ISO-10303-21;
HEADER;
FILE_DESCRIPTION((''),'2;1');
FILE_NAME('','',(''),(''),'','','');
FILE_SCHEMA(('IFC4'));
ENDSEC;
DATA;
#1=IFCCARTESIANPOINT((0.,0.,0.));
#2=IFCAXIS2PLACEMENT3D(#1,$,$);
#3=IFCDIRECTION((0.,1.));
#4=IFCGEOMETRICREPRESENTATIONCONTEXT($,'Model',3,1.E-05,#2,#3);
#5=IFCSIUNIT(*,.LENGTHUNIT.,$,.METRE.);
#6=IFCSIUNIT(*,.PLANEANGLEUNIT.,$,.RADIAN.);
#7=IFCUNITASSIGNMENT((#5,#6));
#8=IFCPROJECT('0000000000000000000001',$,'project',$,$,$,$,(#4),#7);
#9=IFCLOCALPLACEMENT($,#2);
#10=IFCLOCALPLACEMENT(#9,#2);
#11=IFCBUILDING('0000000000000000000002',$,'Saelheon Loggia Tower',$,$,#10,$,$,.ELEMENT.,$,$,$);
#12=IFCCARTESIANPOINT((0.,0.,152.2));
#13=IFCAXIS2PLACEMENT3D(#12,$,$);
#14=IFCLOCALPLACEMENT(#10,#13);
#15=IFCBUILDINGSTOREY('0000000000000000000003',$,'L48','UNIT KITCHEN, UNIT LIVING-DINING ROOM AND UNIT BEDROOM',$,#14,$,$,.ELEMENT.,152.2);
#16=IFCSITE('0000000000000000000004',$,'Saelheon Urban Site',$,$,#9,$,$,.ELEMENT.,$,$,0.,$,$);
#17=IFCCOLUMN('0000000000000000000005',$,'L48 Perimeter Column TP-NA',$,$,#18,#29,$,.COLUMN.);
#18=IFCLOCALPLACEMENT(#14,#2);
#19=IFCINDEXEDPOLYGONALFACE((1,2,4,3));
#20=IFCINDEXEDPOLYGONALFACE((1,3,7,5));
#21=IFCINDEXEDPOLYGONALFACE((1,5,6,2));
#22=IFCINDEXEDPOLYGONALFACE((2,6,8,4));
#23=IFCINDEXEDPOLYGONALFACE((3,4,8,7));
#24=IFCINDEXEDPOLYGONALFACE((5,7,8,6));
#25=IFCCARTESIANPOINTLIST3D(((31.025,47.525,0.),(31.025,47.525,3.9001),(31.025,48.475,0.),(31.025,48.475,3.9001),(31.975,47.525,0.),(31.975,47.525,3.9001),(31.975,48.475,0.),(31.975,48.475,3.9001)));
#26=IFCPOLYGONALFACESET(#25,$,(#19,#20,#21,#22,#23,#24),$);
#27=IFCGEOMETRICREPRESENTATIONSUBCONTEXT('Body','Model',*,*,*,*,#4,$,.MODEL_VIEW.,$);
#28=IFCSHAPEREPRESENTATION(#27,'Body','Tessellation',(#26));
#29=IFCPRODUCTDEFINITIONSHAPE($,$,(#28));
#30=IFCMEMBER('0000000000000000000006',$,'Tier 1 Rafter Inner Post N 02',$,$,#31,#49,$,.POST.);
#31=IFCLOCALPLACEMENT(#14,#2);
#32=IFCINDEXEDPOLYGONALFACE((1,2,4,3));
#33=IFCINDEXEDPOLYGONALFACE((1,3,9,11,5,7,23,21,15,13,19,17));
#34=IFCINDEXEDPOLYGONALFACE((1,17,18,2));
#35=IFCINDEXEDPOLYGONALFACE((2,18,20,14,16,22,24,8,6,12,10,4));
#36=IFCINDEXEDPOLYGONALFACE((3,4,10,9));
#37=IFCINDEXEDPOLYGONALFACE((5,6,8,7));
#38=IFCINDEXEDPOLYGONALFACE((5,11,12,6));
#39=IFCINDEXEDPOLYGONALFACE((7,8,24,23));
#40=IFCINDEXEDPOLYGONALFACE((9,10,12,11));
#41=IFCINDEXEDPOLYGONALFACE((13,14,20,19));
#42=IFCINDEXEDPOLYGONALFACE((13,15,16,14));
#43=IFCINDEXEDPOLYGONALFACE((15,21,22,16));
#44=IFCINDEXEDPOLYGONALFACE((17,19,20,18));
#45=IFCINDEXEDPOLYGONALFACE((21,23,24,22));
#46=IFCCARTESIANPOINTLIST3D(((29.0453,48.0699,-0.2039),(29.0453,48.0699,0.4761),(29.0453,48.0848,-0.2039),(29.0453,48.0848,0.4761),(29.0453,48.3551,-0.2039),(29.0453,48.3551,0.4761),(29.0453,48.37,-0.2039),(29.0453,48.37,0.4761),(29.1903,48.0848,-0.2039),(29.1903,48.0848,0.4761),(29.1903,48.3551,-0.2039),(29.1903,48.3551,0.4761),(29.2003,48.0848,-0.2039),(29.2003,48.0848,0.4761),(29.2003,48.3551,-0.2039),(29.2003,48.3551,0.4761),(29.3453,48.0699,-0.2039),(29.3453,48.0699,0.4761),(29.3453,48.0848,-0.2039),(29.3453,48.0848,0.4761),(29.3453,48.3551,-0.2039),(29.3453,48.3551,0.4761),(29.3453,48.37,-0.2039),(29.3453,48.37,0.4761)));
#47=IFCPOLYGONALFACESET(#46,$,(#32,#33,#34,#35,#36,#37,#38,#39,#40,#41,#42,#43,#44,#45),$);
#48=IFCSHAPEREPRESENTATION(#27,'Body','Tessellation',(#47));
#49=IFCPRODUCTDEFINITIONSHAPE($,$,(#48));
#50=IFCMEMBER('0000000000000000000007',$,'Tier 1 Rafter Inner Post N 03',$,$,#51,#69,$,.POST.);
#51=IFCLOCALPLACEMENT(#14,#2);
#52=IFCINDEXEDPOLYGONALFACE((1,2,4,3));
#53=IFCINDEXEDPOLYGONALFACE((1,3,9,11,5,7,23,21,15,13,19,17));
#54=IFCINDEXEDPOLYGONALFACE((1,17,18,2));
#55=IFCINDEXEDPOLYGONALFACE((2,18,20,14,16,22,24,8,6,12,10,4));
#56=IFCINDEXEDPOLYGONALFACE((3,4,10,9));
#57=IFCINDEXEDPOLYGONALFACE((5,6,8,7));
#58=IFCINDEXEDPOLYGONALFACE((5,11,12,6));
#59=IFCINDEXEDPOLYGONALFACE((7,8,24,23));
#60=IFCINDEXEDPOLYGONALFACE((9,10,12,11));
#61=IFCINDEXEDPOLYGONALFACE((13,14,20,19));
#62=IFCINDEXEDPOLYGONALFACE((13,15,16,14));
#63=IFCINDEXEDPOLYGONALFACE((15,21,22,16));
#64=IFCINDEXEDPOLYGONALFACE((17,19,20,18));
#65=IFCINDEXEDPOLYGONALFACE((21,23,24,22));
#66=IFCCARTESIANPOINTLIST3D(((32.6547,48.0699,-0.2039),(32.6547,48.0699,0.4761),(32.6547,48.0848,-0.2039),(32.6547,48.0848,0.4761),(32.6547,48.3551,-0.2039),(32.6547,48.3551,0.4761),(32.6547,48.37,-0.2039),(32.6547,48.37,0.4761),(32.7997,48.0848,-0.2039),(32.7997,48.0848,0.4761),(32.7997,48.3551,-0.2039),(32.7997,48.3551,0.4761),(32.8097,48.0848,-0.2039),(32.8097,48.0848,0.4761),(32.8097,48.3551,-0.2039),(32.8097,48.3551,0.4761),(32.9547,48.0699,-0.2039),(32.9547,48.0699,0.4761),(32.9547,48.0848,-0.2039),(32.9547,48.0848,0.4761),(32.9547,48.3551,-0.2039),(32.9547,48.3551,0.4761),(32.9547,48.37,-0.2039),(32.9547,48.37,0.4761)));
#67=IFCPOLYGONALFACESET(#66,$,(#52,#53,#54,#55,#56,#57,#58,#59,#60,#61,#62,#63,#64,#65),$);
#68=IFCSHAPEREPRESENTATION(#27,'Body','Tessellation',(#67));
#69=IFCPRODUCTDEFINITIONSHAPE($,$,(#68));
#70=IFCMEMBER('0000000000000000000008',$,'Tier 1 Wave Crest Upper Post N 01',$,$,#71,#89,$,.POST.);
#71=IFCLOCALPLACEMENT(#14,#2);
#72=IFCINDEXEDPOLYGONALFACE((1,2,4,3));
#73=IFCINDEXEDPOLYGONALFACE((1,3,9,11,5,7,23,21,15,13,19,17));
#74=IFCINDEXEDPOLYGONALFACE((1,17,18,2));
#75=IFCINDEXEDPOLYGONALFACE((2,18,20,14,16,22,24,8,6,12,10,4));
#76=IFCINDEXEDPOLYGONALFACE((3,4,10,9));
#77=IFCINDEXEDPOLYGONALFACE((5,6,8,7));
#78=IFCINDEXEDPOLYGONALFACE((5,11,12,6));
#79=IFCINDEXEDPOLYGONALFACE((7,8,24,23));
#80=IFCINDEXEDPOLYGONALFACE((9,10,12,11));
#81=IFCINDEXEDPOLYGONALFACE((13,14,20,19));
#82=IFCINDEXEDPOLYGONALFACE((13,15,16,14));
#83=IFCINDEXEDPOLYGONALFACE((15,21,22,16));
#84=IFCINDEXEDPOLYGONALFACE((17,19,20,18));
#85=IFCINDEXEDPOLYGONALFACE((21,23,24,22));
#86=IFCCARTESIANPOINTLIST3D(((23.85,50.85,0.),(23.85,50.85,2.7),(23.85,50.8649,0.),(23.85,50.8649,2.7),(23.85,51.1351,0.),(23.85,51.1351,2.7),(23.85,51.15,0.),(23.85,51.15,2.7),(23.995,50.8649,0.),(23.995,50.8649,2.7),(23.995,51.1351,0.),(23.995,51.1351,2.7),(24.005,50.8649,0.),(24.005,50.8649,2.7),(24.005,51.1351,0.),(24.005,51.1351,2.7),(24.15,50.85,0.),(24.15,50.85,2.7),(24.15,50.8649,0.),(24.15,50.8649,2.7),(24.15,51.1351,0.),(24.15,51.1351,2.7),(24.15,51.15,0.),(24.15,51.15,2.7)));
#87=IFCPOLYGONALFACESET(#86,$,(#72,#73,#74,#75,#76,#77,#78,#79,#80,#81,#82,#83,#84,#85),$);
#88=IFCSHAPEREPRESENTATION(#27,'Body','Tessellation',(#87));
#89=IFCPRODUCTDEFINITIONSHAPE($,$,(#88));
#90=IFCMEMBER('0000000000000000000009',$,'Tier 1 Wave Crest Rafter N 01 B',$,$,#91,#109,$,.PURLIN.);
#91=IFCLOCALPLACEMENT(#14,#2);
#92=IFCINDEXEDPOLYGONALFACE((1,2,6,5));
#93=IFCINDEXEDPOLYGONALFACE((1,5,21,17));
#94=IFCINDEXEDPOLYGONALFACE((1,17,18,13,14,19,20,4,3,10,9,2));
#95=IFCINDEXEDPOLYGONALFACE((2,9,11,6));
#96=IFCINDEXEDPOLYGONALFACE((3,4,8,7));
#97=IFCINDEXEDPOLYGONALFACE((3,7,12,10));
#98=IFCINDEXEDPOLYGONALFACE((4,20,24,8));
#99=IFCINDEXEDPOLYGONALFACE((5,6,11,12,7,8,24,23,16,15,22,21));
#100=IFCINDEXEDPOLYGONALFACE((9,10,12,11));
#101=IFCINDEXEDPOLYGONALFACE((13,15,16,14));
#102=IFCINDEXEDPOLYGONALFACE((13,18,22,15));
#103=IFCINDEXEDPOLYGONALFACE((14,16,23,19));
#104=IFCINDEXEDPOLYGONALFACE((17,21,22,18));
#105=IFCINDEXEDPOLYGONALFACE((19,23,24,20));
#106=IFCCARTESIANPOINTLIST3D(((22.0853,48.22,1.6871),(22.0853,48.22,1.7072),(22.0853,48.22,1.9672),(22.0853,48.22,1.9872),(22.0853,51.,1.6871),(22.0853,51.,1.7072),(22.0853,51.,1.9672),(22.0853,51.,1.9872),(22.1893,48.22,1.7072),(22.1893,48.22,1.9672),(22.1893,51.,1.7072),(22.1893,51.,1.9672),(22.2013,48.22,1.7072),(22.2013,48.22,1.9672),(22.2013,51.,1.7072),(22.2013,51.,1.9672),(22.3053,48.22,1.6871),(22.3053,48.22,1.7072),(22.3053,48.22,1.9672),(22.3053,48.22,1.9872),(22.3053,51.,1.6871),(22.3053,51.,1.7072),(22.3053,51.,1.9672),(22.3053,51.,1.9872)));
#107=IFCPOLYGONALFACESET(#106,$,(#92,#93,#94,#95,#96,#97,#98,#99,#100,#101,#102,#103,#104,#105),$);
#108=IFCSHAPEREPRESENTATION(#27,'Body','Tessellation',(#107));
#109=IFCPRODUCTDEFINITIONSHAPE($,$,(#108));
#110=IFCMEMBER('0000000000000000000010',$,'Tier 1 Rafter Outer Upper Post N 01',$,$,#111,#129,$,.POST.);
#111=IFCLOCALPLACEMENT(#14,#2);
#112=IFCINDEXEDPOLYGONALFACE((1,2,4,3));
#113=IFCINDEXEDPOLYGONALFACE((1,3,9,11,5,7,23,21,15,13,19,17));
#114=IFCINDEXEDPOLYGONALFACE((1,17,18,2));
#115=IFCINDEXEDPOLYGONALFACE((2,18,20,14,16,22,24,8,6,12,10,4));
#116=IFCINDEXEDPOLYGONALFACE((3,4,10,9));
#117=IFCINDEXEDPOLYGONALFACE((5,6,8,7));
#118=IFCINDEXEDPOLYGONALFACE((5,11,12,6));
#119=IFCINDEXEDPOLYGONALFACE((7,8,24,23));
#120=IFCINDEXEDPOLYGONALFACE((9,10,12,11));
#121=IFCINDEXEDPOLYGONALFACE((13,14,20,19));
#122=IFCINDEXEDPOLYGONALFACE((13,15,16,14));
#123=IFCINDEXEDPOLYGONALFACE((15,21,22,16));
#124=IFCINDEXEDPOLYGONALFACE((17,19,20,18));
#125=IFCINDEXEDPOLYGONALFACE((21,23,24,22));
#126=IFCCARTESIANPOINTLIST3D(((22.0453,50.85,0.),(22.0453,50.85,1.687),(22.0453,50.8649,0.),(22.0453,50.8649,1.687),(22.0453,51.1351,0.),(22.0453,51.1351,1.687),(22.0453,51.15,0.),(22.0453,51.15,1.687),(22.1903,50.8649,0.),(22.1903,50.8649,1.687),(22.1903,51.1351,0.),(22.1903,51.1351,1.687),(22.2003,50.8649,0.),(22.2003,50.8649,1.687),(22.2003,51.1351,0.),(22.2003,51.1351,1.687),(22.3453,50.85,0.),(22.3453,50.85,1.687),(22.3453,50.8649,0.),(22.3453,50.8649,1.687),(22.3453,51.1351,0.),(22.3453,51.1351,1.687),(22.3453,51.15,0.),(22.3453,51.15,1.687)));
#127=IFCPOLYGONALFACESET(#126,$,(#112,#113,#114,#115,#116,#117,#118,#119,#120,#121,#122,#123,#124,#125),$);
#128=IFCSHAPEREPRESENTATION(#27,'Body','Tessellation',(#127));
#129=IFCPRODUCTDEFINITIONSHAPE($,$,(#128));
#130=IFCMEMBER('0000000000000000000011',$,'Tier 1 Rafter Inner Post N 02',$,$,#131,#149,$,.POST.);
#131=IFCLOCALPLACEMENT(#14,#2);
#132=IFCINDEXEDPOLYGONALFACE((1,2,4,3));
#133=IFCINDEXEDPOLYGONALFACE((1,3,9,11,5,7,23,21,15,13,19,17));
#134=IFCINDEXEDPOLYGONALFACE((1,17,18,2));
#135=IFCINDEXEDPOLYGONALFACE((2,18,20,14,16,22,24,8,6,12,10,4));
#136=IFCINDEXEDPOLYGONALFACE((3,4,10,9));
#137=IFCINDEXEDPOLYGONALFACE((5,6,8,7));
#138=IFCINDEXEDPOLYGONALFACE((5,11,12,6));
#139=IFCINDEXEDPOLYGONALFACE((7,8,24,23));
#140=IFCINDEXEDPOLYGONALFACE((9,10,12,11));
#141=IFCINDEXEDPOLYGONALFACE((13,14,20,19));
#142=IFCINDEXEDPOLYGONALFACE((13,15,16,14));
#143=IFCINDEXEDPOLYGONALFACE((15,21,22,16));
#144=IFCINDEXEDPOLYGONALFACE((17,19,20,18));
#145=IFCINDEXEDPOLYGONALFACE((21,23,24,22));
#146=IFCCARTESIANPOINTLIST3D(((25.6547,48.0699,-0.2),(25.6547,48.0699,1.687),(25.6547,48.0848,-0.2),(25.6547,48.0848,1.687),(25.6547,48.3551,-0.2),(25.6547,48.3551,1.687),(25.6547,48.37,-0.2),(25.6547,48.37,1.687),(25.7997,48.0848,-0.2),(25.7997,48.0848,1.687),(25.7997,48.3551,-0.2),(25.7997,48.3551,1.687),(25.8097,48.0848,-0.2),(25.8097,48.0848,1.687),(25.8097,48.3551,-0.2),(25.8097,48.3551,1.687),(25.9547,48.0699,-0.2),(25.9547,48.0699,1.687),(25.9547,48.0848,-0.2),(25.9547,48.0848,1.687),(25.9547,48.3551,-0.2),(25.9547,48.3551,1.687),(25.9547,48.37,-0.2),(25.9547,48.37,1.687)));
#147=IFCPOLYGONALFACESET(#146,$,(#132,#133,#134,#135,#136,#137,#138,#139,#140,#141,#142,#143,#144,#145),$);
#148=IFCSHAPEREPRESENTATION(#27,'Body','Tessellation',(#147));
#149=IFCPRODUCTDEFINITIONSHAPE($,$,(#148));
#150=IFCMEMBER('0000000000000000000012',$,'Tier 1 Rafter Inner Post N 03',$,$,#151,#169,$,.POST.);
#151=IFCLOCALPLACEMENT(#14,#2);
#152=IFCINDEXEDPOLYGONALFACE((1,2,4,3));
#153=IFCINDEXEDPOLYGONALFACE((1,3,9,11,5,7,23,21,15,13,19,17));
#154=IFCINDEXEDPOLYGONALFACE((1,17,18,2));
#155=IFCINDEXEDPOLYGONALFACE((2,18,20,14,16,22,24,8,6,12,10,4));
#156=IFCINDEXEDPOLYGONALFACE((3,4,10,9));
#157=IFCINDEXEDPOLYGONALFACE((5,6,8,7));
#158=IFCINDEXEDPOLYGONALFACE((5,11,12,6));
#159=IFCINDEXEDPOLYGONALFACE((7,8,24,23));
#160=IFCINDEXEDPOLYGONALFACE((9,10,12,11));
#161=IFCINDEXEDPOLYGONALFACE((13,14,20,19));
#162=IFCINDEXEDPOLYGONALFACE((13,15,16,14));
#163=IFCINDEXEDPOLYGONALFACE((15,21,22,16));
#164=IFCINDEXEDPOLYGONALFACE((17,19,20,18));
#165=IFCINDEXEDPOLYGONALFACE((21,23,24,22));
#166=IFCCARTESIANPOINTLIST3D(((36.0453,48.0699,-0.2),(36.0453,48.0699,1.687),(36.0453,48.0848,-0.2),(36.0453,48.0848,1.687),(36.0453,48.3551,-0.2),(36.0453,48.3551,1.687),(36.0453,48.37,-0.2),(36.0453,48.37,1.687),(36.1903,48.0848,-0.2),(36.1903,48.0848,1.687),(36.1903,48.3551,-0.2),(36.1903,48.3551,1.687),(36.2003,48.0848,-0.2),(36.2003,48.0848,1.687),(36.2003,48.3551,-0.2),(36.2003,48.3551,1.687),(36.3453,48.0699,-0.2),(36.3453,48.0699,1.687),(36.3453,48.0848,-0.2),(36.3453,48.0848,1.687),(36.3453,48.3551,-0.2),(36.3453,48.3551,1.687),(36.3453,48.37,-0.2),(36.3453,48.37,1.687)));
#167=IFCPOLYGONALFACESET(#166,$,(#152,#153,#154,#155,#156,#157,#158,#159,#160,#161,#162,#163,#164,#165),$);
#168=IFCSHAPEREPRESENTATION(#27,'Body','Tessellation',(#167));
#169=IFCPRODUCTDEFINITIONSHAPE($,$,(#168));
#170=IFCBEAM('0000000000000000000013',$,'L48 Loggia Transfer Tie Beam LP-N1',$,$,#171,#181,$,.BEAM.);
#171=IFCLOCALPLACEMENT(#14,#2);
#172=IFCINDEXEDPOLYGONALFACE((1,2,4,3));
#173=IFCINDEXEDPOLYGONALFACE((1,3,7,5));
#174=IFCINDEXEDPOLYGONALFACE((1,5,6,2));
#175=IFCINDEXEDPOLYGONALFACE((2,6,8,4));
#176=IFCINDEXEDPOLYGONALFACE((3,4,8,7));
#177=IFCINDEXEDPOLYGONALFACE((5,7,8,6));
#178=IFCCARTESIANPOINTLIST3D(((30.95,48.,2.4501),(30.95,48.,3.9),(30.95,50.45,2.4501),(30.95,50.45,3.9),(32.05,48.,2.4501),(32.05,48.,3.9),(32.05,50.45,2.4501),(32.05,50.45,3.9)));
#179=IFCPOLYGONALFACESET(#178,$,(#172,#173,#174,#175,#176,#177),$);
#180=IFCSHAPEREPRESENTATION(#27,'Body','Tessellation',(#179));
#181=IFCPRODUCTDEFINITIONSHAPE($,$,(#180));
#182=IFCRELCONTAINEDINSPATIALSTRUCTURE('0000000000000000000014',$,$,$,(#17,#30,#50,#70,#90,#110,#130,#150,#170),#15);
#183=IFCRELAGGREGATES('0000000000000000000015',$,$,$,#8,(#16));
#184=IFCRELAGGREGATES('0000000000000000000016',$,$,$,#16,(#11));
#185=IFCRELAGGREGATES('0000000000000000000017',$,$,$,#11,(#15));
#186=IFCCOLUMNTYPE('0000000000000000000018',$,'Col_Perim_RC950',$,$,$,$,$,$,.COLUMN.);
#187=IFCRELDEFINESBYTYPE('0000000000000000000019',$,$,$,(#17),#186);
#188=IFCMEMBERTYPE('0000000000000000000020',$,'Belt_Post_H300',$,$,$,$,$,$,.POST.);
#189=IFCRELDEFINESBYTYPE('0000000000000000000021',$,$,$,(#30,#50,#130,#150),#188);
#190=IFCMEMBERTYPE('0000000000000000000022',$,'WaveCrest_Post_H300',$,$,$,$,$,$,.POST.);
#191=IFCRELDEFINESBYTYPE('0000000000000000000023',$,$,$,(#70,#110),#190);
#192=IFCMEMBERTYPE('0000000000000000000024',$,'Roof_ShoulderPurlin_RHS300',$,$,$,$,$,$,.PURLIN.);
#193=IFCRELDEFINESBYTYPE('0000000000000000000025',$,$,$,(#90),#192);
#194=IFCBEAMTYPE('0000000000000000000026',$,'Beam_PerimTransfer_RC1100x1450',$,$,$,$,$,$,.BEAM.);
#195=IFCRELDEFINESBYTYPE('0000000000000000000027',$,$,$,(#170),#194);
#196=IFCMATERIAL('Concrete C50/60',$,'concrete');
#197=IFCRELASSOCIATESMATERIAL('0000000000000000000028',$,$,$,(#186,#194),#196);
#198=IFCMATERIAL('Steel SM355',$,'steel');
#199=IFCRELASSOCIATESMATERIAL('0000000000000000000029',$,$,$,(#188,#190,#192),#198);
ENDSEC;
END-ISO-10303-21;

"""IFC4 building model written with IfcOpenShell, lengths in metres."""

from ifc_helpers import new_model, si_unit, direction, frame, origin, origin_2d, place, context, subcontext, project, spatial, rectangle, i_section, extrude, source, transform, mapped, material, material_profile, profile_set, type_object, element, save


model = new_model("IFC4")

# Units and contexts
model_context = context("Model", 3, precision=1e-05, world=origin(), true_north=direction((0.0, 1.0)))
body_context = subcontext(model_context, "Body", "Model", "MODEL_VIEW")
ifc_project = project(units=[si_unit("LENGTHUNIT", "METRE"), si_unit("PLANEANGLEUNIT", "RADIAN")], contexts=[model_context])

# Site, building, storey
site_placement = place(None, origin())
site = spatial("IfcSite", under=ifc_project, at=site_placement, Name="Saelheon Urban Site", CompositionType="ELEMENT", RefElevation=0.0)
building_placement = place(site_placement, origin())
building = spatial("IfcBuilding", under=site, at=building_placement, Name="Saelheon Loggia Tower", CompositionType="ELEMENT")
storey_placement = place(building_placement, frame((0.0, 0.0, 152.2)))
storey = spatial("IfcBuildingStorey", under=building, at=storey_placement, Name="L48", Description="UNIT KITCHEN, UNIT LIVING-DINING ROOM AND UNIT BEDROOM", CompositionType="ELEMENT", Elevation=152.2)

# Column
ifc_material_1 = material(Name="Concrete C50/60", Category="concrete")
ifc_material_profile_1 = material_profile(ifc_material_1, rectangle(XDim=0.95, YDim=0.95, at=origin_2d()), Name="RC-950x950")
ifc_profile_set_1 = profile_set([ifc_material_profile_1], Name="Concrete C50/60")
column_type = type_object("IfcColumnType", Name="Col_Perim_RC950", PredefinedType="COLUMN", material=ifc_profile_set_1)
shared_shape_1 = source(origin(), body_context, "Body", "SweptSolid", [
    extrude(rectangle(XDim=0.95, YDim=0.95, at=origin_2d()), origin(), (0.0, 0.0, 1.0), 3.9001),
])
column_placement = place(storey_placement, frame((31.5, 48.0, 0.0), z_axis=(0.0, 0.0, 1.0), x_axis=(1.0, 0.0, 0.0)))
element("IfcColumn", 1, at=column_placement, inside=storey, type_object=column_type, Name="L48 Perimeter Column TP-NA", PredefinedType="COLUMN", context=body_context, shape_type="MappedRepresentation", body=[
    mapped(shared_shape_1, transform((0.0, 0.0, 0.0), scale=1.0)),
])

# Members
ifc_material_2 = material(Name="Steel SM355", Category="steel")
ifc_material_profile_2 = material_profile(ifc_material_2, i_section(OverallWidth=0.3, OverallDepth=0.3, WebThickness=0.01, FlangeThickness=0.0149, at=origin_2d()), Name="H-300x300x10x15")
ifc_profile_set_2 = profile_set([ifc_material_profile_2], Name="Steel SM355")
member_type_1 = type_object("IfcMemberType", Name="Belt_Post_H300", PredefinedType="POST", material=ifc_profile_set_2)
shared_shape_2 = source(origin(), body_context, "Body", "SweptSolid", [
    extrude(i_section(OverallWidth=0.3, OverallDepth=0.3, WebThickness=0.01, FlangeThickness=0.0149, at=origin_2d()), origin(), (0.0, 0.0, 1.0), 0.6799),
])
for number, where, z_axis, x_axis, name in (
    (2, (29.1953, 48.22, -0.2039), (0.0, 0.0, 1.0), (1.0, 0.0, 0.0), "Tier 1 Rafter Inner Post N 02"),
    (3, (32.8047, 48.22, -0.2039), (0.0, 0.0, 1.0), (1.0, 0.0, 0.0), "Tier 1 Rafter Inner Post N 03"),
):
    element("IfcMember", number, at=place(storey_placement, frame(where, z_axis=z_axis, x_axis=x_axis)), inside=storey, type_object=member_type_1, Name=name, PredefinedType="POST", context=body_context, shape_type="MappedRepresentation", body=[
        mapped(shared_shape_2, transform((0.0, 0.0, 0.0), scale=1.0)),
    ])
ifc_material_profile_3 = material_profile(ifc_material_2, i_section(OverallWidth=0.3, OverallDepth=0.3, WebThickness=0.01, FlangeThickness=0.0149, at=origin_2d()), Name="H-300x300x10x15")
ifc_profile_set_3 = profile_set([ifc_material_profile_3], Name="Steel SM355")
member_type_2 = type_object("IfcMemberType", Name="WaveCrest_Post_H300", PredefinedType="POST", material=ifc_profile_set_3)
shared_shape_3 = source(origin(), body_context, "Body", "SweptSolid", [
    extrude(i_section(OverallWidth=0.3, OverallDepth=0.3, WebThickness=0.01, FlangeThickness=0.0149, at=origin_2d()), origin(), (0.0, 0.0, 1.0), 2.7),
])
member_1_placement = place(storey_placement, frame((24.0, 51.0, 0.0), z_axis=(0.0, 0.0, 1.0), x_axis=(1.0, 0.0, 0.0)))
element("IfcMember", 4, at=member_1_placement, inside=storey, type_object=member_type_2, Name="Tier 1 Wave Crest Upper Post N 01", PredefinedType="POST", context=body_context, shape_type="MappedRepresentation", body=[
    mapped(shared_shape_3, transform((0.0, 0.0, 0.0), scale=1.0)),
])
ifc_material_profile_4 = material_profile(ifc_material_2, i_section(OverallWidth=0.22, OverallDepth=0.3, WebThickness=0.012, FlangeThickness=0.02, at=origin_2d()), Name="H-300x220x12x20")
ifc_profile_set_4 = profile_set([ifc_material_profile_4], Name="Steel SM355")
member_type_3 = type_object("IfcMemberType", Name="Roof_ShoulderPurlin_RHS300", PredefinedType="PURLIN", material=ifc_profile_set_4)
shared_shape_4 = source(origin(), body_context, "Body", "SweptSolid", [
    extrude(i_section(OverallWidth=0.22, OverallDepth=0.3, WebThickness=0.012, FlangeThickness=0.02, at=origin_2d()), origin(), (0.0, 0.0, 1.0), 2.78),
])
member_2_placement = place(storey_placement, frame((22.1953, 51.0, 1.8372), z_axis=(0.0, -1.0, 0.0), x_axis=(1.0, 0.0, 0.0)))
element("IfcMember", 5, at=member_2_placement, inside=storey, type_object=member_type_3, Name="Tier 1 Wave Crest Rafter N 01 B", PredefinedType="PURLIN", context=body_context, shape_type="MappedRepresentation", body=[
    mapped(shared_shape_4, transform((0.0, 0.0, 0.0), scale=1.0)),
])
shared_shape_5 = source(origin(), body_context, "Body", "SweptSolid", [
    extrude(i_section(OverallWidth=0.3, OverallDepth=0.3, WebThickness=0.01, FlangeThickness=0.0149, at=origin_2d()), origin(), (0.0, 0.0, 1.0), 1.687),
])
member_3_placement = place(storey_placement, frame((22.1953, 51.0, 0.0), z_axis=(0.0, 0.0, 1.0), x_axis=(1.0, 0.0, 0.0)))
element("IfcMember", 6, at=member_3_placement, inside=storey, type_object=member_type_2, Name="Tier 1 Rafter Outer Upper Post N 01", PredefinedType="POST", context=body_context, shape_type="MappedRepresentation", body=[
    mapped(shared_shape_5, transform((0.0, 0.0, 0.0), scale=1.0)),
])
shared_shape_6 = source(origin(), body_context, "Body", "SweptSolid", [
    extrude(i_section(OverallWidth=0.3, OverallDepth=0.3, WebThickness=0.01, FlangeThickness=0.0149, at=origin_2d()), origin(), (0.0, 0.0, 1.0), 1.887),
])
for number, where, z_axis, x_axis, name in (
    (7, (25.8047, 48.22, -0.2), (0.0, 0.0, 1.0), (1.0, 0.0, 0.0), "Tier 1 Rafter Inner Post N 02"),
    (8, (36.1953, 48.22, -0.2), (0.0, 0.0, 1.0), (1.0, 0.0, 0.0), "Tier 1 Rafter Inner Post N 03"),
):
    element("IfcMember", number, at=place(storey_placement, frame(where, z_axis=z_axis, x_axis=x_axis)), inside=storey, type_object=member_type_1, Name=name, PredefinedType="POST", context=body_context, shape_type="MappedRepresentation", body=[
        mapped(shared_shape_6, transform((0.0, 0.0, 0.0), scale=1.0)),
    ])

# Beam
ifc_material_profile_5 = material_profile(ifc_material_1, rectangle(XDim=1.1001, YDim=1.45, at=origin_2d()), Name="RC-1100x1450")
ifc_profile_set_5 = profile_set([ifc_material_profile_5], Name="Concrete C50/60")
beam_type_1 = type_object("IfcBeamType", Name="Beam_PerimTransfer_RC1100x1450", PredefinedType="BEAM", material=ifc_profile_set_5)
shared_shape_7 = source(origin(), body_context, "Body", "SweptSolid", [
    extrude(rectangle(XDim=1.1001, YDim=1.45, at=origin_2d()), origin(), (0.0, 0.0, 1.0), 2.45),
])
beam_1_placement = place(storey_placement, frame((31.5, 48.0, 3.175), z_axis=(0.0, 1.0, 0.0), x_axis=(-1.0, 0.0, 0.0)))
element("IfcBeam", 9, at=beam_1_placement, inside=storey, type_object=beam_type_1, Name="L48 Loggia Transfer Tie Beam LP-N1", PredefinedType="BEAM", context=body_context, shape_type="MappedRepresentation", body=[
    mapped(shared_shape_7, transform((0.0, 0.0, 0.0), scale=1.0)),
])

save(model, "model.ifc")
